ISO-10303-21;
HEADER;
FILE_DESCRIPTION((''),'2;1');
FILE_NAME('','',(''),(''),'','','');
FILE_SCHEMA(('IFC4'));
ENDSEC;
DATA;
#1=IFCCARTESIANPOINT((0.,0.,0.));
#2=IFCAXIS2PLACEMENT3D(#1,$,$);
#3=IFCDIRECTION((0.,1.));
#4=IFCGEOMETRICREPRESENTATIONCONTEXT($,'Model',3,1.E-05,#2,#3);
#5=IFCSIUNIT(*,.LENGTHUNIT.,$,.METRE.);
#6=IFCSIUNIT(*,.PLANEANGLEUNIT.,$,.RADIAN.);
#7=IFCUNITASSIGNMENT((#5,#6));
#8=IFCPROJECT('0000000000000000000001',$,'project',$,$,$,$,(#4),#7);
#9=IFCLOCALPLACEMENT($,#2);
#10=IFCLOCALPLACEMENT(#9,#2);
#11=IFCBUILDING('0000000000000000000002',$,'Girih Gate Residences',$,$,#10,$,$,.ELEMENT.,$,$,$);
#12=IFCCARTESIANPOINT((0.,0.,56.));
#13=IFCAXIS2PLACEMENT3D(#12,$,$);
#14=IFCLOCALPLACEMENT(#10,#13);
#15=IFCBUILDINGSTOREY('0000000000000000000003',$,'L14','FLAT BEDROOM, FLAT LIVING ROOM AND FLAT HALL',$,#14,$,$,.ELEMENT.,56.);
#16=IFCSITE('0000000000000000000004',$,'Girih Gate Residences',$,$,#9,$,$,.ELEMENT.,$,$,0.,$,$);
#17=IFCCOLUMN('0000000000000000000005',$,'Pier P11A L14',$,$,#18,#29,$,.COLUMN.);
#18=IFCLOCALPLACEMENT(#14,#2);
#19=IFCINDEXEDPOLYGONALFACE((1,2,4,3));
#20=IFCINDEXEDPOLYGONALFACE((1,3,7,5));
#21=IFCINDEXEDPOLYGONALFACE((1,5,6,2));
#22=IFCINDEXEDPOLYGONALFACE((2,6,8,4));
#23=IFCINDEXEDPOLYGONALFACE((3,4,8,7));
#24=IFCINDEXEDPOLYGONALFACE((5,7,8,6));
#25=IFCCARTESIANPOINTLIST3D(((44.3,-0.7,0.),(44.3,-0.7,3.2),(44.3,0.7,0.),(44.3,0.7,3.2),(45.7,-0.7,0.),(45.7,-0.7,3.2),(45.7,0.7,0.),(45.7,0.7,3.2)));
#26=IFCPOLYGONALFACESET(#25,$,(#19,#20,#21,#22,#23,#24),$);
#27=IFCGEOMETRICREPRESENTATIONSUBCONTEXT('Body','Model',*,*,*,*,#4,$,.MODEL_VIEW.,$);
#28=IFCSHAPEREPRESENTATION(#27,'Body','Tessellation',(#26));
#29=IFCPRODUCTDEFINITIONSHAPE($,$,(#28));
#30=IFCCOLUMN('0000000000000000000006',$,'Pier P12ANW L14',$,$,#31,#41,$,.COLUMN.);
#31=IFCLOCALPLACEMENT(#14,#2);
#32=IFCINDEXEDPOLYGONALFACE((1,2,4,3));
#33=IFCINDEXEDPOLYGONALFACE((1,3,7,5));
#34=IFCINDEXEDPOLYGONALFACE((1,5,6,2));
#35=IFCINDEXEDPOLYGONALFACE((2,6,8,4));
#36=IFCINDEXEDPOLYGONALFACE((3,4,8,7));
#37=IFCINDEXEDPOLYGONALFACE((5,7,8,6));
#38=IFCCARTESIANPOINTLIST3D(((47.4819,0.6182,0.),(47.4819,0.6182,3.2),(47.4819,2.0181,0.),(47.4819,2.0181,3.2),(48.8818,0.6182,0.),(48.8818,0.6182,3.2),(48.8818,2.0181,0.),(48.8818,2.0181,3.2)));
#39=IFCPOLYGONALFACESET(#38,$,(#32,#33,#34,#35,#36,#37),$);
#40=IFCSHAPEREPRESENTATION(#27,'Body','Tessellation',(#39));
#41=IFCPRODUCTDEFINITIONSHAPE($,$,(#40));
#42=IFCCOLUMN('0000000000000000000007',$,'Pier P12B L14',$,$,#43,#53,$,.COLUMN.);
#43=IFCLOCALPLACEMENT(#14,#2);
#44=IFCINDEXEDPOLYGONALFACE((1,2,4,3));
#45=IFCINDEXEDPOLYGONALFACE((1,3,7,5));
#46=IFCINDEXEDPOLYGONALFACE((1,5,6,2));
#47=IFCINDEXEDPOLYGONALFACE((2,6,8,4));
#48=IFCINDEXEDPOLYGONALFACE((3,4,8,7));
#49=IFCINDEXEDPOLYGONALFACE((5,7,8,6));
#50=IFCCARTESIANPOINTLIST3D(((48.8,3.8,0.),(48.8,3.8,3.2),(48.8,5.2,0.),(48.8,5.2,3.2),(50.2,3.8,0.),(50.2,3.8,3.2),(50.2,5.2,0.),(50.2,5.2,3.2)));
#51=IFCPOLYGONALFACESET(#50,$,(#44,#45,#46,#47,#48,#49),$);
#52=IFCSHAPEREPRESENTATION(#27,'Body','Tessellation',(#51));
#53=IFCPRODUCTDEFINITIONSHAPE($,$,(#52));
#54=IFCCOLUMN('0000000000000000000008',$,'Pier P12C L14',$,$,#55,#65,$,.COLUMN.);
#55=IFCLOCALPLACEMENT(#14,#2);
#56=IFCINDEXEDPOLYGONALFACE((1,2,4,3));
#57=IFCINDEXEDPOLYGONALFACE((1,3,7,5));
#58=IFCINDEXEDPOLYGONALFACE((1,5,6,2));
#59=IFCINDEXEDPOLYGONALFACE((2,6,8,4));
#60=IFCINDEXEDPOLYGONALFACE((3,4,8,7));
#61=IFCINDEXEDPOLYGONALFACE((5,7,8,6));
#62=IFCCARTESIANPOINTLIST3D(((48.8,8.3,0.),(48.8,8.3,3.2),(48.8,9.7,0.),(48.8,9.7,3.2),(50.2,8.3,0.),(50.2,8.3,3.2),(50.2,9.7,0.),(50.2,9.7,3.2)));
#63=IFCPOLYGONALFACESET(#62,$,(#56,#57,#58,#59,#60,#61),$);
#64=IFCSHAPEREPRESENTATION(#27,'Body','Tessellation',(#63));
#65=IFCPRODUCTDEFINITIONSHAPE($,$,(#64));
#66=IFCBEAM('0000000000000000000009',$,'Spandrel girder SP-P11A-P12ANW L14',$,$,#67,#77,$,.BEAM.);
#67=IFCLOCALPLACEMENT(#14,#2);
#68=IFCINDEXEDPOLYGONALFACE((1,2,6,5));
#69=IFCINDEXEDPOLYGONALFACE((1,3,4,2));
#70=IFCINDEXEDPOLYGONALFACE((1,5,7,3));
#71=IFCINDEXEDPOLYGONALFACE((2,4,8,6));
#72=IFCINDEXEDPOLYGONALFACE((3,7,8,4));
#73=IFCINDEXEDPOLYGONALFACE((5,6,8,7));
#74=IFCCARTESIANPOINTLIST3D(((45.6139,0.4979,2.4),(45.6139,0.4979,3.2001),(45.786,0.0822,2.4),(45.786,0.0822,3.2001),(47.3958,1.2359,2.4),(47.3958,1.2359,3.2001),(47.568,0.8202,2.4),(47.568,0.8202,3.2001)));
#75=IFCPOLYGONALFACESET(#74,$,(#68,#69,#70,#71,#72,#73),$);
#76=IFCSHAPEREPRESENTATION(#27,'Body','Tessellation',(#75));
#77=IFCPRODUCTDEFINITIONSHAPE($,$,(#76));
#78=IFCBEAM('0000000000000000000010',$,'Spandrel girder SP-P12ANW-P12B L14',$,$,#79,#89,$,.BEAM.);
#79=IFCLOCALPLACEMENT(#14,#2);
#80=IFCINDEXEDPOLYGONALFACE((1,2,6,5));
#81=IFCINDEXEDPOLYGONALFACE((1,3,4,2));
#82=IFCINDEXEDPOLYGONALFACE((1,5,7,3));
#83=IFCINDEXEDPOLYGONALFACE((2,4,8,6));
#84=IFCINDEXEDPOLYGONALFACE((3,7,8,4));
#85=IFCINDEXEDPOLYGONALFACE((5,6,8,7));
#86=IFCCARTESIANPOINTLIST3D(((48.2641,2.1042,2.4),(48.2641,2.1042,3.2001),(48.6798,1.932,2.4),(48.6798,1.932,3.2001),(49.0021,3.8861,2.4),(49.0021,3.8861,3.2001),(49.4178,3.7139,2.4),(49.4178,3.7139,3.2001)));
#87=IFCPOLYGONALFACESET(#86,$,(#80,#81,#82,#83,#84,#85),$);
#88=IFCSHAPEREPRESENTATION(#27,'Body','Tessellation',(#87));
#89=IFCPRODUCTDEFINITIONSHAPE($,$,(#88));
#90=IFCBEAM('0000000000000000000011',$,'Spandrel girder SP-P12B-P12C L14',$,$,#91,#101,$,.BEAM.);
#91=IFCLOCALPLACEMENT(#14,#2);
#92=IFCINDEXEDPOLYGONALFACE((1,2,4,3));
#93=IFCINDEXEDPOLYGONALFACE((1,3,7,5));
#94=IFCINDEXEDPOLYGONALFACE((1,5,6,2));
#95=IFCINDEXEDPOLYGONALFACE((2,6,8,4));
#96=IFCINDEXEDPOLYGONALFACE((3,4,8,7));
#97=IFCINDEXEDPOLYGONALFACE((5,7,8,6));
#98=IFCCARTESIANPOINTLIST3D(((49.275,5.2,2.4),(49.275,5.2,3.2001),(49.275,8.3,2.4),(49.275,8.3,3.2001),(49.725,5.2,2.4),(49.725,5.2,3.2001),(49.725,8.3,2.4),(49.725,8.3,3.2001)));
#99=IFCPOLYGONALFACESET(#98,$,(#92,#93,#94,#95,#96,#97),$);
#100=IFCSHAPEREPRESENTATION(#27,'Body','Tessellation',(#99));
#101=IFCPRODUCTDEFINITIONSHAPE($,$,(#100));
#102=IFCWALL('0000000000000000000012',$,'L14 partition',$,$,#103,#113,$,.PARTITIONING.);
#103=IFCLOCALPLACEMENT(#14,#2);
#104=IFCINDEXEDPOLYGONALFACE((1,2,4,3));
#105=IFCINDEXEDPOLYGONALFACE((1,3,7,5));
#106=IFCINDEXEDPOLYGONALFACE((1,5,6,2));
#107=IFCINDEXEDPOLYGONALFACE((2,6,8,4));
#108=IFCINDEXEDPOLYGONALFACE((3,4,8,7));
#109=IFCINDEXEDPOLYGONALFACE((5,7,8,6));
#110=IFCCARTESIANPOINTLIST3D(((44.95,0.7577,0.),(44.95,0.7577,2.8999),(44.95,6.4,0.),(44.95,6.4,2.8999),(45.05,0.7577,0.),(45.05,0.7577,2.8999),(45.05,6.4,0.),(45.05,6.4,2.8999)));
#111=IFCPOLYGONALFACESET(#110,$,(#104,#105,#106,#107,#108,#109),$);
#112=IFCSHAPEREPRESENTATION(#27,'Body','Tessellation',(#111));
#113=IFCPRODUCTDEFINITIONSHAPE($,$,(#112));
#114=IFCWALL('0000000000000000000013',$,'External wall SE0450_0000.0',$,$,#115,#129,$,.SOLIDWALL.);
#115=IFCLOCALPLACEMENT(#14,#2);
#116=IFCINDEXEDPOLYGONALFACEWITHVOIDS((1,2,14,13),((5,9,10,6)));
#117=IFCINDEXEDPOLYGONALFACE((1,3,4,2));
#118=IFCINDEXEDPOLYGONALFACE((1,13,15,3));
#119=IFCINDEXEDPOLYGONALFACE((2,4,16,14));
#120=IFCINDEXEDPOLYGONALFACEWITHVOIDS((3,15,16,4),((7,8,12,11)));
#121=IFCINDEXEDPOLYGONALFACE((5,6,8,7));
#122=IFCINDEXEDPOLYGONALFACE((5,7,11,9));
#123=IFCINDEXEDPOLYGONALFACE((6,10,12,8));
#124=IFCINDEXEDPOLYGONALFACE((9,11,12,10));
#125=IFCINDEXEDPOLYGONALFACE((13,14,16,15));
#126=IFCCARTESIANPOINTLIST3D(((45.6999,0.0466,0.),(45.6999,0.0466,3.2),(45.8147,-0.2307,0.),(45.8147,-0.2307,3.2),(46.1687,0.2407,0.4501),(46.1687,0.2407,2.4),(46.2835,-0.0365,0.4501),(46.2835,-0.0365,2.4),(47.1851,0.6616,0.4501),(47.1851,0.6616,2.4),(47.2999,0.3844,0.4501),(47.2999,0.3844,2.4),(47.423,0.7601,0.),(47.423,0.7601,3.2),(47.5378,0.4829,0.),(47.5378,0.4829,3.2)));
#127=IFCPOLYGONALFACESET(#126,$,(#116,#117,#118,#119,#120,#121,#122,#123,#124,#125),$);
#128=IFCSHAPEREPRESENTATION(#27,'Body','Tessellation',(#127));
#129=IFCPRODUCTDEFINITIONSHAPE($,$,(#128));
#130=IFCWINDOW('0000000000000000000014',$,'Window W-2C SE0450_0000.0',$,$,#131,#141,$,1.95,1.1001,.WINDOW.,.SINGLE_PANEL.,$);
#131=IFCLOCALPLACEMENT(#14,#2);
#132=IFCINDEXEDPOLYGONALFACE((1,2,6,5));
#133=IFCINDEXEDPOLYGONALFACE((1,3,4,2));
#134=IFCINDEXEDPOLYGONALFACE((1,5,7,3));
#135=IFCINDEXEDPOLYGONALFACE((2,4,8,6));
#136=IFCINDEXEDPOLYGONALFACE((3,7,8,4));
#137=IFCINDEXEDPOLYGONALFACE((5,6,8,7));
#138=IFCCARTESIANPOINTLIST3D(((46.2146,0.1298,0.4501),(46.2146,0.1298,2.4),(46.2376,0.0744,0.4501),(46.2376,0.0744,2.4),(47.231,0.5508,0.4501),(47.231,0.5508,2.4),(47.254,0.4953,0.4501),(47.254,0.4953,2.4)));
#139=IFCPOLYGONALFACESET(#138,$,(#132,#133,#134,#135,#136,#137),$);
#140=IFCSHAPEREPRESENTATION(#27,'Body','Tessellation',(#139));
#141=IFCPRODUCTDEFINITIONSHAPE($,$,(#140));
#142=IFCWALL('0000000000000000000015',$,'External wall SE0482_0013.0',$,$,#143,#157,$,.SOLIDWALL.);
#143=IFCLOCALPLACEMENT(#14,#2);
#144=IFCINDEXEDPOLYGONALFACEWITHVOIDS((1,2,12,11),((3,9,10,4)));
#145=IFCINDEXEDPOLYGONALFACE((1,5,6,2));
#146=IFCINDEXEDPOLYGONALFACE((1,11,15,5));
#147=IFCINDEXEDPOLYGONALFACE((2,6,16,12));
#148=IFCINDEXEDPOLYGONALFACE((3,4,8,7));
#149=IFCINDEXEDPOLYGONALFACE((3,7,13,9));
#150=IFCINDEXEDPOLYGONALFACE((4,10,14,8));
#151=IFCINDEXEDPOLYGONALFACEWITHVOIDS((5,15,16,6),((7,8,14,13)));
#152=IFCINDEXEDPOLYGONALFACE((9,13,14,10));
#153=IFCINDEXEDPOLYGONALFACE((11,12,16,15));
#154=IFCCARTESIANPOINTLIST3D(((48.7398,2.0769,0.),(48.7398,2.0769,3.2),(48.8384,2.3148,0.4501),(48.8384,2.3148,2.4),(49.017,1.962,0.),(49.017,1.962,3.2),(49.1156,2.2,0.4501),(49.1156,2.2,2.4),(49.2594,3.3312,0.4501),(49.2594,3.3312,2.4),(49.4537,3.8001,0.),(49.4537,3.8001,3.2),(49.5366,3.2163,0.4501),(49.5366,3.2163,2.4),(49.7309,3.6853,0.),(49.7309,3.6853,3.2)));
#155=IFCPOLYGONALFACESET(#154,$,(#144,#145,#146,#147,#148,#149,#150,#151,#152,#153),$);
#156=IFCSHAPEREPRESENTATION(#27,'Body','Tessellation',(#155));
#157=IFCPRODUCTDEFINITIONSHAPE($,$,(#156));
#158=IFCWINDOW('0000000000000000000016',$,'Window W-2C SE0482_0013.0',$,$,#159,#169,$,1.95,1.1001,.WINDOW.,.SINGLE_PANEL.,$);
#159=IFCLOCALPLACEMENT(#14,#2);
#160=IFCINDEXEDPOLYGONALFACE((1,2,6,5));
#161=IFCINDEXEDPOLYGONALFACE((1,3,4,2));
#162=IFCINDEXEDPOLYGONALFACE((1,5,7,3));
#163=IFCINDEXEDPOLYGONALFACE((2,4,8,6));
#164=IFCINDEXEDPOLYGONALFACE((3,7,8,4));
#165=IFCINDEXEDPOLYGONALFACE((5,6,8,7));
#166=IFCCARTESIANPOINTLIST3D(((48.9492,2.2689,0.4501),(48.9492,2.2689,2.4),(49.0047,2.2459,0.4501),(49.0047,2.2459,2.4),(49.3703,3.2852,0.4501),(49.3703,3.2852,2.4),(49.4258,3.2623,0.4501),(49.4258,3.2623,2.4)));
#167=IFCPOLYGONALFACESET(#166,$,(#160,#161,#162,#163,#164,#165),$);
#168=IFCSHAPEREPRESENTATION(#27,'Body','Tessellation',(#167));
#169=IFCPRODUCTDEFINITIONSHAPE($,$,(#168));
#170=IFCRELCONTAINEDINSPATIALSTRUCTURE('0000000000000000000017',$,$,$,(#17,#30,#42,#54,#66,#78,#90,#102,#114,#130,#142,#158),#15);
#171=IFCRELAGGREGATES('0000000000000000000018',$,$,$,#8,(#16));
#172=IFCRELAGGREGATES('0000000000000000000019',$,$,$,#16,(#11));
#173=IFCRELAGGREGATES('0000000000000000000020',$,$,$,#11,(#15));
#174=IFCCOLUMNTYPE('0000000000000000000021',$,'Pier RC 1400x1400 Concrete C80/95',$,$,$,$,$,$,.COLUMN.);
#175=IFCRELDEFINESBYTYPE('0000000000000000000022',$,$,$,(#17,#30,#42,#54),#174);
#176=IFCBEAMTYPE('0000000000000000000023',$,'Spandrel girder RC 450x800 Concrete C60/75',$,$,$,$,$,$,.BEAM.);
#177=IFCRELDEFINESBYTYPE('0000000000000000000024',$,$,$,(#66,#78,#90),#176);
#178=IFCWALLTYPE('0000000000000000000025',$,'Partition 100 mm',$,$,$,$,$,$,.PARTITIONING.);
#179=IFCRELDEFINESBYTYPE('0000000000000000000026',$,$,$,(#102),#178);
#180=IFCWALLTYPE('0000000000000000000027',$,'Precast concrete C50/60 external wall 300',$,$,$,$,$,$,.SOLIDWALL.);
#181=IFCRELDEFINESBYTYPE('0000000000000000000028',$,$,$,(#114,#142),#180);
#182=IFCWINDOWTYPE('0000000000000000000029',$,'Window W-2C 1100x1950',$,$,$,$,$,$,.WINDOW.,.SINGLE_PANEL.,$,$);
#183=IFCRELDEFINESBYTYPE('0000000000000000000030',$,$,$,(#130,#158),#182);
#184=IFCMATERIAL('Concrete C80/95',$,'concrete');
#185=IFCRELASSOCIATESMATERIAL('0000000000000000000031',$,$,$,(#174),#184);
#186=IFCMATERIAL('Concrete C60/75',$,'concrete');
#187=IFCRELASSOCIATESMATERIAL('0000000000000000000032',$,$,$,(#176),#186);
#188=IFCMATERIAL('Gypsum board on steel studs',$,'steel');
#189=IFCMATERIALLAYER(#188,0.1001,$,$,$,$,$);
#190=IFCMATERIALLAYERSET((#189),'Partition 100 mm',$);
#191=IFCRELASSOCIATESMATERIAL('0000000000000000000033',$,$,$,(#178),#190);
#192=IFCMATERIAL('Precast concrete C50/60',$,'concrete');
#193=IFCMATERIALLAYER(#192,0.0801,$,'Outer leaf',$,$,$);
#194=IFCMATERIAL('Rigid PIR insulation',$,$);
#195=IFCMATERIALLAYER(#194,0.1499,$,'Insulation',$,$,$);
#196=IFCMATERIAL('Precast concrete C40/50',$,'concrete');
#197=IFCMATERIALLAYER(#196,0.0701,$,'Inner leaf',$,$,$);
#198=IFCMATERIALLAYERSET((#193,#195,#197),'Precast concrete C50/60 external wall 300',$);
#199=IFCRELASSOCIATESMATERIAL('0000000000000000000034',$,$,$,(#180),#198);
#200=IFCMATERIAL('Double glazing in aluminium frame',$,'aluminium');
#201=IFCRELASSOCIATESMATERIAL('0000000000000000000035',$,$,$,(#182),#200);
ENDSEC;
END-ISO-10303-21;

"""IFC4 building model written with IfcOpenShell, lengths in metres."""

from ifc_helpers import new_model, si_unit, direction, frame, frame_2d, origin, origin_2d, place, context, subcontext, project, spatial, rectangle, extrude, material, layer, layer_set, material_profile, profile_set, type_object, element, fill, save


model = new_model("IFC4")

# Units and contexts
model_context = context("Model", 3, precision=1e-05, world=origin(), true_north=direction((0.0, 1.0)))
body_context = subcontext(model_context, "Body", "Model", "MODEL_VIEW")
ifc_project = project(units=[si_unit("LENGTHUNIT", "METRE"), si_unit("PLANEANGLEUNIT", "RADIAN")], contexts=[model_context])

# Site, building, storey
site_placement = place(None, origin())
site = spatial("IfcSite", under=ifc_project, at=site_placement, Name="Girih Gate Residences", CompositionType="ELEMENT", RefElevation=0.0)
building_placement = place(site_placement, origin())
building = spatial("IfcBuilding", under=site, at=building_placement, Name="Girih Gate Residences", CompositionType="ELEMENT")
storey_placement = place(building_placement, frame((0.0, 0.0, 56.0)))
storey = spatial("IfcBuildingStorey", under=building, at=storey_placement, Name="L14", Description="FLAT BEDROOM, FLAT LIVING ROOM AND FLAT HALL", CompositionType="ELEMENT", Elevation=56.0)

# Columns
ifc_material_1 = material(Name="Concrete C80/95", Category="concrete")
ifc_material_profile_1 = material_profile(ifc_material_1, rectangle(XDim=1.3999, YDim=1.3999, at=origin_2d()))
ifc_profile_set_1 = profile_set([ifc_material_profile_1], Name="Concrete C80/95")
column_type = type_object("IfcColumnType", Name="Pier RC 1400x1400 Concrete C80/95", PredefinedType="COLUMN", material=ifc_profile_set_1)
for number, where, z_axis, x_axis, name in (
    (1, (45.0, 0.0, 0.0), (0.0, 0.0, 1.0), (1.0, 0.0, 0.0), "Pier P11A L14"),
    (2, (48.1819, 1.3181, 0.0), (0.0, 0.0, 1.0), (1.0, 0.0, 0.0), "Pier P12ANW L14"),
    (3, (49.5, 4.5, 0.0), (0.0, 0.0, 1.0), (1.0, 0.0, 0.0), "Pier P12B L14"),
    (4, (49.5, 9.0, 0.0), (0.0, 0.0, 1.0), (1.0, 0.0, 0.0), "Pier P12C L14"),
):
    element("IfcColumn", number, at=place(storey_placement, frame(where, z_axis=z_axis, x_axis=x_axis)), inside=storey, type_object=column_type, Name=name, PredefinedType="COLUMN", context=body_context, shape_type="SweptSolid", body=[
        extrude(rectangle(XDim=1.3999, YDim=1.3999, at=origin_2d()), origin(), (0.0, 0.0, 1.0), 3.2),
    ])

# Beams
ifc_material_2 = material(Name="Concrete C60/75", Category="concrete")
ifc_material_profile_2 = material_profile(ifc_material_2, rectangle(XDim=0.45, YDim=0.8, at=origin_2d()))
ifc_profile_set_2 = profile_set([ifc_material_profile_2], Name="Concrete C60/75")
beam_type = type_object("IfcBeamType", Name="Spandrel girder RC 450x800 Concrete C60/75", PredefinedType="BEAM", material=ifc_profile_set_2)
for number, where, z_axis, x_axis, name in (
    (5, (45.7, 0.29, 2.8), (0.923895, 0.382646, 0.0), (-0.382646, 0.923895, 0.0), "Spandrel girder SP-P11A-P12ANW L14"),
    (6, (48.4719, 2.0181, 2.8), (0.382646, 0.923895, 0.0), (-0.923895, 0.382646, 0.0), "Spandrel girder SP-P12ANW-P12B L14"),
):
    element("IfcBeam", number, at=place(storey_placement, frame(where, z_axis=z_axis, x_axis=x_axis)), inside=storey, type_object=beam_type, Name=name, PredefinedType="BEAM", context=body_context, shape_type="SweptSolid", body=[
        extrude(rectangle(XDim=0.45, YDim=0.8, at=origin_2d()), origin(), (0.0, 0.0, 1.0), 1.9287),
    ])
beam_placement = place(storey_placement, frame((49.5, 5.2, 2.8), z_axis=(0.0, 1.0, 0.0), x_axis=(-1.0, 0.0, 0.0)))
element("IfcBeam", 7, at=beam_placement, inside=storey, type_object=beam_type, Name="Spandrel girder SP-P12B-P12C L14", PredefinedType="BEAM", context=body_context, shape_type="SweptSolid", body=[
    extrude(rectangle(XDim=0.45, YDim=0.8, at=origin_2d()), origin(), (0.0, 0.0, 1.0), 3.1001),
])

# Wall
ifc_material_3 = material(Name="Gypsum board on steel studs", Category="steel")
ifc_layer_1 = layer(ifc_material_3, 0.1001)
ifc_layer_set_1 = layer_set([ifc_layer_1], Name="Partition 100 mm")
wall_type_1 = type_object("IfcWallType", Name="Partition 100 mm", PredefinedType="PARTITIONING", material=ifc_layer_set_1)
wall_1_placement = place(storey_placement, frame((45.0, 0.7576, 0.0), z_axis=(0.0, 0.0, 1.0), x_axis=(0.0, 1.0, 0.0)))
element("IfcWall", 8, at=wall_1_placement, inside=storey, type_object=wall_type_1, Name="L14 partition", PredefinedType="PARTITIONING", context=body_context, shape_type="SweptSolid", body=[
    extrude(rectangle(XDim=5.6423, YDim=0.1001, at=frame_2d((2.8213, 0.0))), origin(), (0.0, 0.0, 1.0), 2.8999),
])

# Walls, openings, windows
ifc_material_4 = material(Name="Precast concrete C50/60", Category="concrete")
ifc_layer_2 = layer(ifc_material_4, 0.0801, Name="Outer leaf")
ifc_material_5 = material(Name="Rigid PIR insulation")
ifc_layer_3 = layer(ifc_material_5, 0.1499, Name="Insulation")
ifc_material_6 = material(Name="Precast concrete C40/50", Category="concrete")
ifc_layer_4 = layer(ifc_material_6, 0.0701, Name="Inner leaf")
ifc_layer_set_2 = layer_set([ifc_layer_2, ifc_layer_3, ifc_layer_4], Name="Precast concrete C50/60 external wall 300")
wall_type_2 = type_object("IfcWallType", Name="Precast concrete C50/60 external wall 300", PredefinedType="SOLIDWALL", material=ifc_layer_set_2)
wall_2_placement = place(storey_placement, frame((47.4805, 0.6216, 0.0), z_axis=(0.0, 0.0, 1.0), x_axis=(-0.923904, -0.382625, 0.0)))
wall_2 = element("IfcWall", 9, at=wall_2_placement, inside=storey, type_object=wall_type_2, Name="External wall SE0450_0000.0", PredefinedType="SOLIDWALL", context=body_context, shape_type="SweptSolid", body=[
    extrude(rectangle(XDim=1.865, YDim=0.3, at=frame_2d((0.9326, 0.0))), origin(), (0.0, 0.0, 1.0), 3.2),
])
opening_1_placement = place(wall_2_placement, frame((0.2576, 0.0, 0.45)))
opening_1 = element("IfcOpeningElement", 10, at=opening_1_placement, cuts=wall_2, PredefinedType="OPENING", context=body_context, shape_type="SweptSolid", body=[
    extrude(rectangle(XDim=1.1001, YDim=1.95, at=frame_2d((0.55, 0.9751))), frame((0.0, 0.1599, 0.0), z_axis=(0.0, -1.0, 0.0), x_axis=(1.0, 0.0, 0.0)), (0.0, 0.0, 1.0), 0.3201),
])
ifc_material_7 = material(Name="Double glazing in aluminium frame", Category="aluminium")
window_type_1 = type_object("IfcWindowType", Name="Window W-2C 1100x1950", PartitioningType="SINGLE_PANEL", PredefinedType="WINDOW", material=ifc_material_7)
window_1_placement = place(opening_1_placement, origin())
window_1 = element("IfcWindow", 11, at=window_1_placement, inside=storey, type_object=window_type_1, Name="Window W-2C SE0450_0000.0", OverallHeight=1.95, OverallWidth=1.1001, PartitioningType="SINGLE_PANEL", PredefinedType="WINDOW", context=body_context, shape_type="SweptSolid", body=[
    extrude(rectangle(XDim=1.1001, YDim=1.95, at=frame_2d((0.55, 0.9751))), frame((0.0, 0.03, 0.0), z_axis=(0.0, -1.0, 0.0), x_axis=(1.0, 0.0, 0.0)), (0.0, 0.0, 1.0), 0.0601),
])
fill(opening_1, window_1)
wall_3_placement = place(storey_placement, frame((49.5923, 3.7427, 0.0), z_axis=(0.0, 0.0, 1.0), x_axis=(-0.382737, -0.923857, 0.0)))
wall_3 = element("IfcWall", 12, at=wall_3_placement, inside=storey, type_object=wall_type_2, Name="External wall SE0482_0013.0", PredefinedType="SOLIDWALL", context=body_context, shape_type="SweptSolid", body=[
    extrude(rectangle(XDim=1.8652, YDim=0.3, at=frame_2d((0.9326, 0.0))), origin(), (0.0, 0.0, 1.0), 3.2),
])
opening_2_placement = place(wall_3_placement, frame((0.5076, 0.0, 0.45)))
opening_2 = element("IfcOpeningElement", 13, at=opening_2_placement, cuts=wall_3, PredefinedType="OPENING", context=body_context, shape_type="SweptSolid", body=[
    extrude(rectangle(XDim=1.1001, YDim=1.95, at=frame_2d((0.55, 0.9751))), frame((0.0, 0.1599, 0.0), z_axis=(0.0, -1.0, 0.0), x_axis=(1.0, 0.0, 0.0)), (0.0, 0.0, 1.0), 0.3201),
])
window_2_placement = place(opening_2_placement, origin())
window_2 = element("IfcWindow", 14, at=window_2_placement, inside=storey, type_object=window_type_1, Name="Window W-2C SE0482_0013.0", OverallHeight=1.95, OverallWidth=1.1001, PartitioningType="SINGLE_PANEL", PredefinedType="WINDOW", context=body_context, shape_type="SweptSolid", body=[
    extrude(rectangle(XDim=1.1001, YDim=1.95, at=frame_2d((0.55, 0.9751))), frame((0.0, 0.03, 0.0), z_axis=(0.0, -1.0, 0.0), x_axis=(1.0, 0.0, 0.0)), (0.0, 0.0, 1.0), 0.0601),
])
fill(opening_2, window_2)

save(model, "model.ifc")
